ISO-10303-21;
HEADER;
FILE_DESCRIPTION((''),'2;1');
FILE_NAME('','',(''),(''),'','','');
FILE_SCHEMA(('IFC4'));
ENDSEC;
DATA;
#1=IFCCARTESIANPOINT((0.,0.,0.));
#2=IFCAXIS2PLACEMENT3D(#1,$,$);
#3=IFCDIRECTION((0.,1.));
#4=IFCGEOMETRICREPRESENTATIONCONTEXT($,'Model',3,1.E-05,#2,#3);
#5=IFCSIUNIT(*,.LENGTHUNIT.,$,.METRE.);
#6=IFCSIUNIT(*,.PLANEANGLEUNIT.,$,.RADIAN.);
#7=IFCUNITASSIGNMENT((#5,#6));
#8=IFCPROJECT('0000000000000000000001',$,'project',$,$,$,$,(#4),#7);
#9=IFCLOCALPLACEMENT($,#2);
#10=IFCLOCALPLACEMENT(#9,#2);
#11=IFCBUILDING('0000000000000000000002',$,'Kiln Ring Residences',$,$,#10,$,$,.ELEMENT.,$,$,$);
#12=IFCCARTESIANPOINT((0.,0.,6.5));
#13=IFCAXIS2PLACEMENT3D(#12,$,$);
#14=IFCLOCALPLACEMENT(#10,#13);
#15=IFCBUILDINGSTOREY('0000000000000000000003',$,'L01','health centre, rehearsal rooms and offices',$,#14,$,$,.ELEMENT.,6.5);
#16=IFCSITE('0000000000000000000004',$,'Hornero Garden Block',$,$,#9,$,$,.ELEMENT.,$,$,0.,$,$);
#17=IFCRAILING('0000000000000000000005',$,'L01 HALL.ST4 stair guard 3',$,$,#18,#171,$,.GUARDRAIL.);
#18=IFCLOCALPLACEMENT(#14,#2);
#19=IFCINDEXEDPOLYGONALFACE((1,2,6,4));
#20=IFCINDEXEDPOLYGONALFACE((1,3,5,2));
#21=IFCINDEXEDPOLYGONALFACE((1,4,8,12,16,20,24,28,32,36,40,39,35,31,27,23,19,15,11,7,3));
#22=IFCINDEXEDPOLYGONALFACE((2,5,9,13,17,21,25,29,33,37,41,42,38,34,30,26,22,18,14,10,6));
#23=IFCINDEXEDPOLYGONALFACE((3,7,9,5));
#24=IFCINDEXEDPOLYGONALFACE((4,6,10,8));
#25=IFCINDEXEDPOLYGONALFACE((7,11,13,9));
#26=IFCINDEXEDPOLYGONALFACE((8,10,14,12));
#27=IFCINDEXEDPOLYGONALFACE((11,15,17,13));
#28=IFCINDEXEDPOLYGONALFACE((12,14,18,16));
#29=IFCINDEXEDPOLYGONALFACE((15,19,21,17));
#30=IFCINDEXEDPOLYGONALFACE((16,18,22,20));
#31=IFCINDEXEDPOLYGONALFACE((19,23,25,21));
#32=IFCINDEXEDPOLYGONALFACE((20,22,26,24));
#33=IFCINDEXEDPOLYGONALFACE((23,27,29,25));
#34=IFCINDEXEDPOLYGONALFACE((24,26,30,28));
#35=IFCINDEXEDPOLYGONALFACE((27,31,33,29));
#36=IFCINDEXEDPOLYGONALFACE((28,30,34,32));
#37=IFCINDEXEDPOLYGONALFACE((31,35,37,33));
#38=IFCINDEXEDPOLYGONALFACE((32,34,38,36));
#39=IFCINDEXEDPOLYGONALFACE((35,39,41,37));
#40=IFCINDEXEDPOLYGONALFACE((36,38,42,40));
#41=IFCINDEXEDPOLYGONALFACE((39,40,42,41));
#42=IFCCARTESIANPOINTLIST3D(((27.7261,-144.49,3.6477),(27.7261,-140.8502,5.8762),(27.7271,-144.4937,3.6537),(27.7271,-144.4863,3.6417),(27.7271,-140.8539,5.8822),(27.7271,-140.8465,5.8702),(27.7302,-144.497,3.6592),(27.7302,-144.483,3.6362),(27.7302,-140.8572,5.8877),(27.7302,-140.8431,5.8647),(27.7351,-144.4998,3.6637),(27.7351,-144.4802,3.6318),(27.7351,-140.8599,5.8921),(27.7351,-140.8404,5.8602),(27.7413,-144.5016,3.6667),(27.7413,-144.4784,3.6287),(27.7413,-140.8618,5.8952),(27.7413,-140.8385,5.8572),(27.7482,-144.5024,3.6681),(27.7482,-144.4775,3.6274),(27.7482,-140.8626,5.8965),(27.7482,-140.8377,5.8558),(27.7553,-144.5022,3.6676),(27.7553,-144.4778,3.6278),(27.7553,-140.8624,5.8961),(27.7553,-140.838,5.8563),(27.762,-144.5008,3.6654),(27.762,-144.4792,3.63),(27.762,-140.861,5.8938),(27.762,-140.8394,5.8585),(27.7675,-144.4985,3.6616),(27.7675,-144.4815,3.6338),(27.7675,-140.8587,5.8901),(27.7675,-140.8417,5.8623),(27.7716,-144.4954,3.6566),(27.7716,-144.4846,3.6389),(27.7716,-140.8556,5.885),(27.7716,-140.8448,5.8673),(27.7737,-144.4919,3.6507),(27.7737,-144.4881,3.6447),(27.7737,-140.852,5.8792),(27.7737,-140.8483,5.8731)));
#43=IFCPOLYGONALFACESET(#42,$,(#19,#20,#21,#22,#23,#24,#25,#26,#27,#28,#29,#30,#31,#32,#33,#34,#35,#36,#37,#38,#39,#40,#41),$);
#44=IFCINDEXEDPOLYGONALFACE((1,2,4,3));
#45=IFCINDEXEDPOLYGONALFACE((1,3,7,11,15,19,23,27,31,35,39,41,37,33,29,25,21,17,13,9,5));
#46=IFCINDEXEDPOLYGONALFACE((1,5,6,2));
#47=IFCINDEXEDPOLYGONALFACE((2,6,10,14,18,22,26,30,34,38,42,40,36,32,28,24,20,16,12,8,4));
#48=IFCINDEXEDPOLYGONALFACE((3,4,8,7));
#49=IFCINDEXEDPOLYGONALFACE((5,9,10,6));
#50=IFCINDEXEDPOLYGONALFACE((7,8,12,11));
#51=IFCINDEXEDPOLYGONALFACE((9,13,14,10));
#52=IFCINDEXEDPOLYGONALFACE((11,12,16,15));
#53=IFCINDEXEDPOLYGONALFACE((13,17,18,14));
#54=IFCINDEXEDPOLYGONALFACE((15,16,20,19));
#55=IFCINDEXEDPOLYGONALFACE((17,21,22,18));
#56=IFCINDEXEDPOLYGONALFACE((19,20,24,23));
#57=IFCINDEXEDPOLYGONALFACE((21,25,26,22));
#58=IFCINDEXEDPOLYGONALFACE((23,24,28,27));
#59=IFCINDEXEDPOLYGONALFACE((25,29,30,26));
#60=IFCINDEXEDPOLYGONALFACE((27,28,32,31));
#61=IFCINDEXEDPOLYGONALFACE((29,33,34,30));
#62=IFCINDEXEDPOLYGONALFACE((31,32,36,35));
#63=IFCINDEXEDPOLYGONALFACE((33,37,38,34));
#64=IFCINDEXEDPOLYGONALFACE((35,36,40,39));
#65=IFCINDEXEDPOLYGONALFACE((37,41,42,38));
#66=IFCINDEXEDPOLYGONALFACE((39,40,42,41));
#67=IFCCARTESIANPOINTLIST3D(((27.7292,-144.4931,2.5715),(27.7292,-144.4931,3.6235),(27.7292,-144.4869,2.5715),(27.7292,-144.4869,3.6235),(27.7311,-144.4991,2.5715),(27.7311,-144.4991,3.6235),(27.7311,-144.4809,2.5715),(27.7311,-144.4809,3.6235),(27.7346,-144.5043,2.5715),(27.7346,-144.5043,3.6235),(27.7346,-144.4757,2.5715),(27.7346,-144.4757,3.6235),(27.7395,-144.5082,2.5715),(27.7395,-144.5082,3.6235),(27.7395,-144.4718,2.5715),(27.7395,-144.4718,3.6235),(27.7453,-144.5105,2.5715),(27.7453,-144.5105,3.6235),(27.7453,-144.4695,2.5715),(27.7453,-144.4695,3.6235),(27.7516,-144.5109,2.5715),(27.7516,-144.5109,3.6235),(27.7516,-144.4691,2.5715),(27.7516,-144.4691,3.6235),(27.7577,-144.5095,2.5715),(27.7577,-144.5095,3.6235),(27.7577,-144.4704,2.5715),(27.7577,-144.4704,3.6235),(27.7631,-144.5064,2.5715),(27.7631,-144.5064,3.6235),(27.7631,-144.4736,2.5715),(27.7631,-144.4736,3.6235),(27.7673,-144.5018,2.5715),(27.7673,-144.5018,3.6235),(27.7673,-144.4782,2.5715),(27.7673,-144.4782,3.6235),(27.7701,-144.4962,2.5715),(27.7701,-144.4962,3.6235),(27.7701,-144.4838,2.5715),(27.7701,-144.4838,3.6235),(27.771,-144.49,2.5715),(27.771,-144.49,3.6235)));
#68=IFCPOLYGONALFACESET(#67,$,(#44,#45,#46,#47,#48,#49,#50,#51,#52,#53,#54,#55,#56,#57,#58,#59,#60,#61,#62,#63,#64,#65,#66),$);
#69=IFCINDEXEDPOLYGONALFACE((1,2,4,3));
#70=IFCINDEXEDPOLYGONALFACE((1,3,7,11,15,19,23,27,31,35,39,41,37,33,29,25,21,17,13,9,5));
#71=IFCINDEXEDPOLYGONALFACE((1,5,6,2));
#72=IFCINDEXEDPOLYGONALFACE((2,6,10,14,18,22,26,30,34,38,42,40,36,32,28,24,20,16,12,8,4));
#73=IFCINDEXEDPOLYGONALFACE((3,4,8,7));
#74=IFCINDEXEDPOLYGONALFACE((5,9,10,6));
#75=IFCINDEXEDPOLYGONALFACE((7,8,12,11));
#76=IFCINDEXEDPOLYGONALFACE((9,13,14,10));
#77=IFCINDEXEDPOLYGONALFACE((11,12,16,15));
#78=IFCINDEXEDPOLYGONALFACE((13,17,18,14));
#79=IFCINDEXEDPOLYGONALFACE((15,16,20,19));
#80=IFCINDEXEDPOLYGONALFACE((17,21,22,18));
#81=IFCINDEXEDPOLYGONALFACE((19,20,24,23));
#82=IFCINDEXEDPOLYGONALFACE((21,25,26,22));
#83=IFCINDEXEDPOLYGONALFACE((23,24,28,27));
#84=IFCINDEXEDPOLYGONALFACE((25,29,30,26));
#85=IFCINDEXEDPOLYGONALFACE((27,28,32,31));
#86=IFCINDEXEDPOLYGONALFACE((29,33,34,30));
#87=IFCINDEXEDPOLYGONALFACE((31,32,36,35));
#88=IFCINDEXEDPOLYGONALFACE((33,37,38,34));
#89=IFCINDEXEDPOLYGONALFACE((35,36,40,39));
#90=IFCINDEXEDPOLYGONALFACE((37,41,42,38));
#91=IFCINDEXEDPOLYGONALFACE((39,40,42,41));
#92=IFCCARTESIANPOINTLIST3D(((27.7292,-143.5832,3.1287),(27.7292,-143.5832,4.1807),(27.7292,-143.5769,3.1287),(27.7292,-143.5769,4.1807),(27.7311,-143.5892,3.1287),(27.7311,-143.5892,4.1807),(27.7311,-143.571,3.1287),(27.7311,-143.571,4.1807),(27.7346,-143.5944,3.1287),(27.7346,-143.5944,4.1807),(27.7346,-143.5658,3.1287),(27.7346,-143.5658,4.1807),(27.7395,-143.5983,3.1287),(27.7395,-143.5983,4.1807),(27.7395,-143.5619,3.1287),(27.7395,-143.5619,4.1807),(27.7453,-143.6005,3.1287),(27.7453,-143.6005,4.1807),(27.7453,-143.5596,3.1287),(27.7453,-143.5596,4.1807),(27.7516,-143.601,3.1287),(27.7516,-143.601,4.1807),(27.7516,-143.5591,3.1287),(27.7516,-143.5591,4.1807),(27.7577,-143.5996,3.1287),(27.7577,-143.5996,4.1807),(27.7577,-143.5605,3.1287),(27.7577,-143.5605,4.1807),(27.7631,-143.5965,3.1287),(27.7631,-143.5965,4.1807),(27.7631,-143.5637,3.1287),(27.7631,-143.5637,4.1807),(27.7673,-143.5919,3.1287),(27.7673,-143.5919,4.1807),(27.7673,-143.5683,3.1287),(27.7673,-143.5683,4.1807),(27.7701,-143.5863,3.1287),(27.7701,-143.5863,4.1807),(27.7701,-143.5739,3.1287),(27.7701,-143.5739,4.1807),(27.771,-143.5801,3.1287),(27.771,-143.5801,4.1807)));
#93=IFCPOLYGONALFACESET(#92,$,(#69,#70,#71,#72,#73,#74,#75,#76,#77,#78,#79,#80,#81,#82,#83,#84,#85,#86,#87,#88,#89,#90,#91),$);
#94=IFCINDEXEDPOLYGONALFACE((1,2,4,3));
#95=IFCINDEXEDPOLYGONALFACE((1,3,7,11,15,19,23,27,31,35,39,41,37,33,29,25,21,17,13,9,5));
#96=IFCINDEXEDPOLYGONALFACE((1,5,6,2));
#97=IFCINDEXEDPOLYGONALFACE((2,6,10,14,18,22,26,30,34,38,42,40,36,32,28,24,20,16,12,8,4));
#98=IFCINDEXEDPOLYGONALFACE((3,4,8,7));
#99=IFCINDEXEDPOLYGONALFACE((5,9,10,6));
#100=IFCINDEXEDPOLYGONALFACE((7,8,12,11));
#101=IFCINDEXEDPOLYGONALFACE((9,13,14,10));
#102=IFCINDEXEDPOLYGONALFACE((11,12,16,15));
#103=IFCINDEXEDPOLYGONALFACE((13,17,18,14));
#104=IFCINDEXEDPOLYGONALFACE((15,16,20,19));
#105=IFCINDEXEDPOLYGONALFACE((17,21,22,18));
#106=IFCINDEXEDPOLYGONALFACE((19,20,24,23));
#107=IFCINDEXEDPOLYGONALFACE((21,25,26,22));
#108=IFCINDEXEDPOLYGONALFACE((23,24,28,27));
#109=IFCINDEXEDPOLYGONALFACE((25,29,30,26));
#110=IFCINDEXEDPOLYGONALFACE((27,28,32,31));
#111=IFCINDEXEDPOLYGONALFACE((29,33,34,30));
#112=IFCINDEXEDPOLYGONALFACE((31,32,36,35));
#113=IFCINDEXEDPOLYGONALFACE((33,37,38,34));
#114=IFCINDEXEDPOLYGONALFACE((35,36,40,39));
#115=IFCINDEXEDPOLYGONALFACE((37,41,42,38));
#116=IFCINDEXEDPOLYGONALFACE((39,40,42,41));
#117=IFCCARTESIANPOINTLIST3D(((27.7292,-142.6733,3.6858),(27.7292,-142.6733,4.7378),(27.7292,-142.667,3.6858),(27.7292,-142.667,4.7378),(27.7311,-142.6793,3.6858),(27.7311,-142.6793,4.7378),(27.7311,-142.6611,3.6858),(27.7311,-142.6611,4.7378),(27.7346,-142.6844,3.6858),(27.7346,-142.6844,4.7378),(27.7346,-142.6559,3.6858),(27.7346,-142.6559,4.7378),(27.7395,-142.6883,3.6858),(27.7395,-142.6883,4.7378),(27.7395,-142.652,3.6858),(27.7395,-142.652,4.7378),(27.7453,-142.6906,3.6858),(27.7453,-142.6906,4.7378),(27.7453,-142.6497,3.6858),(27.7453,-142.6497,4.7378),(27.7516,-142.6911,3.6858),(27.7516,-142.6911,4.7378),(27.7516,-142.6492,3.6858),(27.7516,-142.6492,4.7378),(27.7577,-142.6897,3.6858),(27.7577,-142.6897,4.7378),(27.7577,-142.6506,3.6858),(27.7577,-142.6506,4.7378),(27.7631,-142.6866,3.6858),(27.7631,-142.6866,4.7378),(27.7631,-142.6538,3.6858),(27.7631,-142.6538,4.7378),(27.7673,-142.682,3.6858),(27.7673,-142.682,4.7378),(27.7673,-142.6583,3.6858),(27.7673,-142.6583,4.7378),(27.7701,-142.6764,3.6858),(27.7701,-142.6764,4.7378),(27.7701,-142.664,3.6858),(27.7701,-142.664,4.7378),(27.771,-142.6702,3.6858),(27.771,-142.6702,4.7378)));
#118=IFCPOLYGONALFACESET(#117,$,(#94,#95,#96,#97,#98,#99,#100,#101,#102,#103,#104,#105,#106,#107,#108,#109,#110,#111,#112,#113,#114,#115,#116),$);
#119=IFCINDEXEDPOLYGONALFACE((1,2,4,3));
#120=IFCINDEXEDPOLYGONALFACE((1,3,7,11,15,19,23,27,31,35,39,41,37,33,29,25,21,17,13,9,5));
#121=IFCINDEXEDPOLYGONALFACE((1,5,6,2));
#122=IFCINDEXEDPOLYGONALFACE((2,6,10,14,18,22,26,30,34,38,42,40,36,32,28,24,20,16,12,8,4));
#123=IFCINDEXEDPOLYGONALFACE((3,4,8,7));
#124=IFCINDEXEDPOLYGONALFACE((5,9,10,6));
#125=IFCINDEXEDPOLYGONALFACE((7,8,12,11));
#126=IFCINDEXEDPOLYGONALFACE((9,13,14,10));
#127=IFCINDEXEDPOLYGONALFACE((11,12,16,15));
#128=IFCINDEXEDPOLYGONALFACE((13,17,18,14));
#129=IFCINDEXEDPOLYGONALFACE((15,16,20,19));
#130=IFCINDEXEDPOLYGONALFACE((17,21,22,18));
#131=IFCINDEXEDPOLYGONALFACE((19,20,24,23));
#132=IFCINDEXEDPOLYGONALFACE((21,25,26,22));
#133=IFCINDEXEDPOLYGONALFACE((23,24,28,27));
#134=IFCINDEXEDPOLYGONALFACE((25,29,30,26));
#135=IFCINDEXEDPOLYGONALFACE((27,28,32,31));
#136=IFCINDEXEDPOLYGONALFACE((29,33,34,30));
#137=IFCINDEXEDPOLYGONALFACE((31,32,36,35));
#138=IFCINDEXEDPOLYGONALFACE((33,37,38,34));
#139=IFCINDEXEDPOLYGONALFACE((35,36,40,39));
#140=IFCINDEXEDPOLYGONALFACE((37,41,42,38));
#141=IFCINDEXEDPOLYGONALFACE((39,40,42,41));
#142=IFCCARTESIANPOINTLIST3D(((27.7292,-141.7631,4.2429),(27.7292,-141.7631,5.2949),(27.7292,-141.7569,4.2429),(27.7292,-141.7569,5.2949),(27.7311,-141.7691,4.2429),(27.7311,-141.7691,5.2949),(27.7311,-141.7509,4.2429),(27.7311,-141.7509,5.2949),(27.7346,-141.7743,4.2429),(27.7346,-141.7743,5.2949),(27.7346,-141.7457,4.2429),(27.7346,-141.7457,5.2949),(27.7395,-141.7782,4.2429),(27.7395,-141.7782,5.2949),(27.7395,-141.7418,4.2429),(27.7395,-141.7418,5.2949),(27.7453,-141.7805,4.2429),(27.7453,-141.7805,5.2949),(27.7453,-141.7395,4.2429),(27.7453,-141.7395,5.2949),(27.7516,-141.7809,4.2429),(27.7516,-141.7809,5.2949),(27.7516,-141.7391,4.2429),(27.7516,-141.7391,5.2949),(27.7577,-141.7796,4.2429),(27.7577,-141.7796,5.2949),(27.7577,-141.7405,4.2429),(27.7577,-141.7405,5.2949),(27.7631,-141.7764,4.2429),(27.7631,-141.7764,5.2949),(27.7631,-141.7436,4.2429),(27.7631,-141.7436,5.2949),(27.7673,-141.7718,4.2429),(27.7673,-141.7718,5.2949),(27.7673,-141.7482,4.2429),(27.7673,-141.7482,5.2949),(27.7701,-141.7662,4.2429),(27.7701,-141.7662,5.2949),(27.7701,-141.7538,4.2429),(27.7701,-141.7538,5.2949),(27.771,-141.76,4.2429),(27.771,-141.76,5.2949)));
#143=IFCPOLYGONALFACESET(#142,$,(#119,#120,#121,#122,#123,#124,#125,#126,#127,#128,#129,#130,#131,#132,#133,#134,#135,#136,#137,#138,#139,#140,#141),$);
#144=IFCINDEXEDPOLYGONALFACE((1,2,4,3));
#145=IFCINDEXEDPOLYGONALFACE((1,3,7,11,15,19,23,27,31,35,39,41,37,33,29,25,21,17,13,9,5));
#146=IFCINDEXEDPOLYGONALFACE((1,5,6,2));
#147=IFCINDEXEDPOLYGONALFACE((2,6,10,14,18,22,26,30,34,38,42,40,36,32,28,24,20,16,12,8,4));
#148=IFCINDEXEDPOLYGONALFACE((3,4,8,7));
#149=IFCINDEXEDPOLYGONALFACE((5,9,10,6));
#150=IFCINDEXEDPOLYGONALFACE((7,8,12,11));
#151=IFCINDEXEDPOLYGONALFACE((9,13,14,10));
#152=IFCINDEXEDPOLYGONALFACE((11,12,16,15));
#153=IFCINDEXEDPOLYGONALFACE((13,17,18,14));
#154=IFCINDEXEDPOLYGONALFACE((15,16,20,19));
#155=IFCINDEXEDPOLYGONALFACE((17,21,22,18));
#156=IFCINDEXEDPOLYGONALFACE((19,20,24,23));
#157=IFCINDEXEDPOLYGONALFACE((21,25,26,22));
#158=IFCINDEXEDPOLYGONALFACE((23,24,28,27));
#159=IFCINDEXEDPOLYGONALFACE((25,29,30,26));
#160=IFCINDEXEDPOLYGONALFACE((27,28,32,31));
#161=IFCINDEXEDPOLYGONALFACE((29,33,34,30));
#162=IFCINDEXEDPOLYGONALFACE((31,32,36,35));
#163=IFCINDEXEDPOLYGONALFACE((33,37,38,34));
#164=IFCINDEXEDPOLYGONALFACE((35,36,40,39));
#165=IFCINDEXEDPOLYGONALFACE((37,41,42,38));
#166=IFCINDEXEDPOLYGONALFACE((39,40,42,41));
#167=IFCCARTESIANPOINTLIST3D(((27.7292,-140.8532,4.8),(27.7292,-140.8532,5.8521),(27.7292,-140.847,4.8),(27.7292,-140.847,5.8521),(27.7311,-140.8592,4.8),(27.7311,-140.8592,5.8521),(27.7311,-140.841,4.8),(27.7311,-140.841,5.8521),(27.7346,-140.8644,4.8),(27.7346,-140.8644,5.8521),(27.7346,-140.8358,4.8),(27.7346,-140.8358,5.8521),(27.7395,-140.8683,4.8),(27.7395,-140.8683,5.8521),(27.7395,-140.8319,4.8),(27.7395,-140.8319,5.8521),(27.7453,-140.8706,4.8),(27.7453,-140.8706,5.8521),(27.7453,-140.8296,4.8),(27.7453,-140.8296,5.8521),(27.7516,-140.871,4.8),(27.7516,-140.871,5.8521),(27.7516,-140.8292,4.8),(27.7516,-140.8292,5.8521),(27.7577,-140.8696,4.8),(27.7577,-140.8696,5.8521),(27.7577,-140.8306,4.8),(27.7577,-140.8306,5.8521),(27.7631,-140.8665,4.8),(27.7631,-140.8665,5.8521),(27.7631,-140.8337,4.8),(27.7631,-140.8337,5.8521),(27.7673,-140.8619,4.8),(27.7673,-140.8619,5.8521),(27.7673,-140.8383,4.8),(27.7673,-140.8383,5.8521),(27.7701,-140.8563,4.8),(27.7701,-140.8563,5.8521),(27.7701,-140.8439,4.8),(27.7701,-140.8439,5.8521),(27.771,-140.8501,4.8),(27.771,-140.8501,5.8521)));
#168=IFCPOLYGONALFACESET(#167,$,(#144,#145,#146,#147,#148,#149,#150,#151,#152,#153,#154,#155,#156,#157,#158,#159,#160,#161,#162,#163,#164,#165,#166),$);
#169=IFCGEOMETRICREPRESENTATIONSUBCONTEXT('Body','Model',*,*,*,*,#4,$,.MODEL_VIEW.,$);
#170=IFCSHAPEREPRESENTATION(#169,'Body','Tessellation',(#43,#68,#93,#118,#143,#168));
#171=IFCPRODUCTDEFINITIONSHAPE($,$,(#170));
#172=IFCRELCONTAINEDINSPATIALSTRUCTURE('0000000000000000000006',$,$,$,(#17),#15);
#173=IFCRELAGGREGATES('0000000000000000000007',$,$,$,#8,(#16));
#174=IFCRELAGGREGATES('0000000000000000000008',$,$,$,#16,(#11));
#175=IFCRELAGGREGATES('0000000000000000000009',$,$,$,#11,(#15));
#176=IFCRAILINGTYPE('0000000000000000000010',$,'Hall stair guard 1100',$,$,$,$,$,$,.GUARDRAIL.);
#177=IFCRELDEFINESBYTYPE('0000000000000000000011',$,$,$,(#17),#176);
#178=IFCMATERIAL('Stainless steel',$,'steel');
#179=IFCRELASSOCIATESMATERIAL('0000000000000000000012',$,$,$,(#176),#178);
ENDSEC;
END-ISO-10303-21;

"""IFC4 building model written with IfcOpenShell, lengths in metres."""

from ifc_helpers import new_model, si_unit, direction, frame, origin, origin_2d, place, context, subcontext, project, spatial, circle, extrude, material, type_object, element, save


model = new_model("IFC4")

# Units and contexts
model_context = context("Model", 3, precision=1e-05, world=origin(), true_north=direction((0.0, 1.0)))
body_context = subcontext(model_context, "Body", "Model", "MODEL_VIEW")
ifc_project = project(units=[si_unit("LENGTHUNIT", "METRE"), si_unit("PLANEANGLEUNIT", "RADIAN")], contexts=[model_context])

# Site, building, storey
site_placement = place(None, origin())
site = spatial("IfcSite", under=ifc_project, at=site_placement, Name="Hornero Garden Block", CompositionType="ELEMENT", RefElevation=0.0)
building_placement = place(site_placement, origin())
building = spatial("IfcBuilding", under=site, at=building_placement, Name="Kiln Ring Residences", CompositionType="ELEMENT")
storey_placement = place(building_placement, frame((0.0, 0.0, 6.5)))
storey = spatial("IfcBuildingStorey", under=building, at=storey_placement, Name="L01", Description="health centre, rehearsal rooms and offices", CompositionType="ELEMENT", Elevation=6.5)

# Railing
ifc_material_1 = material(Name="Stainless steel", Category="steel")
railing_type_1 = type_object("IfcRailingType", Name="Hall stair guard 1100", PredefinedType="GUARDRAIL", material=ifc_material_1)
railing_1_placement = place(storey_placement, frame((27.75, -144.49, 2.5715)))
element("IfcRailing", 1, at=railing_1_placement, inside=storey, type_object=railing_type_1, Name="L01 HALL.ST4 stair guard 3", PredefinedType="GUARDRAIL", context=body_context, shape_type="SweptSolid", body=[
    extrude(circle(Radius=0.0239, at=origin_2d()), frame((0.0, 0.0, 1.0762), z_axis=(0.0, 0.85285, 0.522156), x_axis=(-1.0, 0.0, 0.0)), (0.0, 0.0, 1.0), 4.2678),
    extrude(circle(Radius=0.021, at=origin_2d()), origin(), (0.0, 0.0, 1.0), 1.052),
    extrude(circle(Radius=0.021, at=origin_2d()), frame((0.0, 0.9099, 0.5571)), (0.0, 0.0, 1.0), 1.052),
    extrude(circle(Radius=0.021, at=origin_2d()), frame((0.0, 1.8198, 1.1143)), (0.0, 0.0, 1.0), 1.052),
    extrude(circle(Radius=0.021, at=origin_2d()), frame((0.0, 2.73, 1.6714)), (0.0, 0.0, 1.0), 1.052),
    extrude(circle(Radius=0.021, at=origin_2d()), frame((0.0, 3.6399, 2.2285)), (0.0, 0.0, 1.0), 1.052),
])

save(model, "model.ifc")
